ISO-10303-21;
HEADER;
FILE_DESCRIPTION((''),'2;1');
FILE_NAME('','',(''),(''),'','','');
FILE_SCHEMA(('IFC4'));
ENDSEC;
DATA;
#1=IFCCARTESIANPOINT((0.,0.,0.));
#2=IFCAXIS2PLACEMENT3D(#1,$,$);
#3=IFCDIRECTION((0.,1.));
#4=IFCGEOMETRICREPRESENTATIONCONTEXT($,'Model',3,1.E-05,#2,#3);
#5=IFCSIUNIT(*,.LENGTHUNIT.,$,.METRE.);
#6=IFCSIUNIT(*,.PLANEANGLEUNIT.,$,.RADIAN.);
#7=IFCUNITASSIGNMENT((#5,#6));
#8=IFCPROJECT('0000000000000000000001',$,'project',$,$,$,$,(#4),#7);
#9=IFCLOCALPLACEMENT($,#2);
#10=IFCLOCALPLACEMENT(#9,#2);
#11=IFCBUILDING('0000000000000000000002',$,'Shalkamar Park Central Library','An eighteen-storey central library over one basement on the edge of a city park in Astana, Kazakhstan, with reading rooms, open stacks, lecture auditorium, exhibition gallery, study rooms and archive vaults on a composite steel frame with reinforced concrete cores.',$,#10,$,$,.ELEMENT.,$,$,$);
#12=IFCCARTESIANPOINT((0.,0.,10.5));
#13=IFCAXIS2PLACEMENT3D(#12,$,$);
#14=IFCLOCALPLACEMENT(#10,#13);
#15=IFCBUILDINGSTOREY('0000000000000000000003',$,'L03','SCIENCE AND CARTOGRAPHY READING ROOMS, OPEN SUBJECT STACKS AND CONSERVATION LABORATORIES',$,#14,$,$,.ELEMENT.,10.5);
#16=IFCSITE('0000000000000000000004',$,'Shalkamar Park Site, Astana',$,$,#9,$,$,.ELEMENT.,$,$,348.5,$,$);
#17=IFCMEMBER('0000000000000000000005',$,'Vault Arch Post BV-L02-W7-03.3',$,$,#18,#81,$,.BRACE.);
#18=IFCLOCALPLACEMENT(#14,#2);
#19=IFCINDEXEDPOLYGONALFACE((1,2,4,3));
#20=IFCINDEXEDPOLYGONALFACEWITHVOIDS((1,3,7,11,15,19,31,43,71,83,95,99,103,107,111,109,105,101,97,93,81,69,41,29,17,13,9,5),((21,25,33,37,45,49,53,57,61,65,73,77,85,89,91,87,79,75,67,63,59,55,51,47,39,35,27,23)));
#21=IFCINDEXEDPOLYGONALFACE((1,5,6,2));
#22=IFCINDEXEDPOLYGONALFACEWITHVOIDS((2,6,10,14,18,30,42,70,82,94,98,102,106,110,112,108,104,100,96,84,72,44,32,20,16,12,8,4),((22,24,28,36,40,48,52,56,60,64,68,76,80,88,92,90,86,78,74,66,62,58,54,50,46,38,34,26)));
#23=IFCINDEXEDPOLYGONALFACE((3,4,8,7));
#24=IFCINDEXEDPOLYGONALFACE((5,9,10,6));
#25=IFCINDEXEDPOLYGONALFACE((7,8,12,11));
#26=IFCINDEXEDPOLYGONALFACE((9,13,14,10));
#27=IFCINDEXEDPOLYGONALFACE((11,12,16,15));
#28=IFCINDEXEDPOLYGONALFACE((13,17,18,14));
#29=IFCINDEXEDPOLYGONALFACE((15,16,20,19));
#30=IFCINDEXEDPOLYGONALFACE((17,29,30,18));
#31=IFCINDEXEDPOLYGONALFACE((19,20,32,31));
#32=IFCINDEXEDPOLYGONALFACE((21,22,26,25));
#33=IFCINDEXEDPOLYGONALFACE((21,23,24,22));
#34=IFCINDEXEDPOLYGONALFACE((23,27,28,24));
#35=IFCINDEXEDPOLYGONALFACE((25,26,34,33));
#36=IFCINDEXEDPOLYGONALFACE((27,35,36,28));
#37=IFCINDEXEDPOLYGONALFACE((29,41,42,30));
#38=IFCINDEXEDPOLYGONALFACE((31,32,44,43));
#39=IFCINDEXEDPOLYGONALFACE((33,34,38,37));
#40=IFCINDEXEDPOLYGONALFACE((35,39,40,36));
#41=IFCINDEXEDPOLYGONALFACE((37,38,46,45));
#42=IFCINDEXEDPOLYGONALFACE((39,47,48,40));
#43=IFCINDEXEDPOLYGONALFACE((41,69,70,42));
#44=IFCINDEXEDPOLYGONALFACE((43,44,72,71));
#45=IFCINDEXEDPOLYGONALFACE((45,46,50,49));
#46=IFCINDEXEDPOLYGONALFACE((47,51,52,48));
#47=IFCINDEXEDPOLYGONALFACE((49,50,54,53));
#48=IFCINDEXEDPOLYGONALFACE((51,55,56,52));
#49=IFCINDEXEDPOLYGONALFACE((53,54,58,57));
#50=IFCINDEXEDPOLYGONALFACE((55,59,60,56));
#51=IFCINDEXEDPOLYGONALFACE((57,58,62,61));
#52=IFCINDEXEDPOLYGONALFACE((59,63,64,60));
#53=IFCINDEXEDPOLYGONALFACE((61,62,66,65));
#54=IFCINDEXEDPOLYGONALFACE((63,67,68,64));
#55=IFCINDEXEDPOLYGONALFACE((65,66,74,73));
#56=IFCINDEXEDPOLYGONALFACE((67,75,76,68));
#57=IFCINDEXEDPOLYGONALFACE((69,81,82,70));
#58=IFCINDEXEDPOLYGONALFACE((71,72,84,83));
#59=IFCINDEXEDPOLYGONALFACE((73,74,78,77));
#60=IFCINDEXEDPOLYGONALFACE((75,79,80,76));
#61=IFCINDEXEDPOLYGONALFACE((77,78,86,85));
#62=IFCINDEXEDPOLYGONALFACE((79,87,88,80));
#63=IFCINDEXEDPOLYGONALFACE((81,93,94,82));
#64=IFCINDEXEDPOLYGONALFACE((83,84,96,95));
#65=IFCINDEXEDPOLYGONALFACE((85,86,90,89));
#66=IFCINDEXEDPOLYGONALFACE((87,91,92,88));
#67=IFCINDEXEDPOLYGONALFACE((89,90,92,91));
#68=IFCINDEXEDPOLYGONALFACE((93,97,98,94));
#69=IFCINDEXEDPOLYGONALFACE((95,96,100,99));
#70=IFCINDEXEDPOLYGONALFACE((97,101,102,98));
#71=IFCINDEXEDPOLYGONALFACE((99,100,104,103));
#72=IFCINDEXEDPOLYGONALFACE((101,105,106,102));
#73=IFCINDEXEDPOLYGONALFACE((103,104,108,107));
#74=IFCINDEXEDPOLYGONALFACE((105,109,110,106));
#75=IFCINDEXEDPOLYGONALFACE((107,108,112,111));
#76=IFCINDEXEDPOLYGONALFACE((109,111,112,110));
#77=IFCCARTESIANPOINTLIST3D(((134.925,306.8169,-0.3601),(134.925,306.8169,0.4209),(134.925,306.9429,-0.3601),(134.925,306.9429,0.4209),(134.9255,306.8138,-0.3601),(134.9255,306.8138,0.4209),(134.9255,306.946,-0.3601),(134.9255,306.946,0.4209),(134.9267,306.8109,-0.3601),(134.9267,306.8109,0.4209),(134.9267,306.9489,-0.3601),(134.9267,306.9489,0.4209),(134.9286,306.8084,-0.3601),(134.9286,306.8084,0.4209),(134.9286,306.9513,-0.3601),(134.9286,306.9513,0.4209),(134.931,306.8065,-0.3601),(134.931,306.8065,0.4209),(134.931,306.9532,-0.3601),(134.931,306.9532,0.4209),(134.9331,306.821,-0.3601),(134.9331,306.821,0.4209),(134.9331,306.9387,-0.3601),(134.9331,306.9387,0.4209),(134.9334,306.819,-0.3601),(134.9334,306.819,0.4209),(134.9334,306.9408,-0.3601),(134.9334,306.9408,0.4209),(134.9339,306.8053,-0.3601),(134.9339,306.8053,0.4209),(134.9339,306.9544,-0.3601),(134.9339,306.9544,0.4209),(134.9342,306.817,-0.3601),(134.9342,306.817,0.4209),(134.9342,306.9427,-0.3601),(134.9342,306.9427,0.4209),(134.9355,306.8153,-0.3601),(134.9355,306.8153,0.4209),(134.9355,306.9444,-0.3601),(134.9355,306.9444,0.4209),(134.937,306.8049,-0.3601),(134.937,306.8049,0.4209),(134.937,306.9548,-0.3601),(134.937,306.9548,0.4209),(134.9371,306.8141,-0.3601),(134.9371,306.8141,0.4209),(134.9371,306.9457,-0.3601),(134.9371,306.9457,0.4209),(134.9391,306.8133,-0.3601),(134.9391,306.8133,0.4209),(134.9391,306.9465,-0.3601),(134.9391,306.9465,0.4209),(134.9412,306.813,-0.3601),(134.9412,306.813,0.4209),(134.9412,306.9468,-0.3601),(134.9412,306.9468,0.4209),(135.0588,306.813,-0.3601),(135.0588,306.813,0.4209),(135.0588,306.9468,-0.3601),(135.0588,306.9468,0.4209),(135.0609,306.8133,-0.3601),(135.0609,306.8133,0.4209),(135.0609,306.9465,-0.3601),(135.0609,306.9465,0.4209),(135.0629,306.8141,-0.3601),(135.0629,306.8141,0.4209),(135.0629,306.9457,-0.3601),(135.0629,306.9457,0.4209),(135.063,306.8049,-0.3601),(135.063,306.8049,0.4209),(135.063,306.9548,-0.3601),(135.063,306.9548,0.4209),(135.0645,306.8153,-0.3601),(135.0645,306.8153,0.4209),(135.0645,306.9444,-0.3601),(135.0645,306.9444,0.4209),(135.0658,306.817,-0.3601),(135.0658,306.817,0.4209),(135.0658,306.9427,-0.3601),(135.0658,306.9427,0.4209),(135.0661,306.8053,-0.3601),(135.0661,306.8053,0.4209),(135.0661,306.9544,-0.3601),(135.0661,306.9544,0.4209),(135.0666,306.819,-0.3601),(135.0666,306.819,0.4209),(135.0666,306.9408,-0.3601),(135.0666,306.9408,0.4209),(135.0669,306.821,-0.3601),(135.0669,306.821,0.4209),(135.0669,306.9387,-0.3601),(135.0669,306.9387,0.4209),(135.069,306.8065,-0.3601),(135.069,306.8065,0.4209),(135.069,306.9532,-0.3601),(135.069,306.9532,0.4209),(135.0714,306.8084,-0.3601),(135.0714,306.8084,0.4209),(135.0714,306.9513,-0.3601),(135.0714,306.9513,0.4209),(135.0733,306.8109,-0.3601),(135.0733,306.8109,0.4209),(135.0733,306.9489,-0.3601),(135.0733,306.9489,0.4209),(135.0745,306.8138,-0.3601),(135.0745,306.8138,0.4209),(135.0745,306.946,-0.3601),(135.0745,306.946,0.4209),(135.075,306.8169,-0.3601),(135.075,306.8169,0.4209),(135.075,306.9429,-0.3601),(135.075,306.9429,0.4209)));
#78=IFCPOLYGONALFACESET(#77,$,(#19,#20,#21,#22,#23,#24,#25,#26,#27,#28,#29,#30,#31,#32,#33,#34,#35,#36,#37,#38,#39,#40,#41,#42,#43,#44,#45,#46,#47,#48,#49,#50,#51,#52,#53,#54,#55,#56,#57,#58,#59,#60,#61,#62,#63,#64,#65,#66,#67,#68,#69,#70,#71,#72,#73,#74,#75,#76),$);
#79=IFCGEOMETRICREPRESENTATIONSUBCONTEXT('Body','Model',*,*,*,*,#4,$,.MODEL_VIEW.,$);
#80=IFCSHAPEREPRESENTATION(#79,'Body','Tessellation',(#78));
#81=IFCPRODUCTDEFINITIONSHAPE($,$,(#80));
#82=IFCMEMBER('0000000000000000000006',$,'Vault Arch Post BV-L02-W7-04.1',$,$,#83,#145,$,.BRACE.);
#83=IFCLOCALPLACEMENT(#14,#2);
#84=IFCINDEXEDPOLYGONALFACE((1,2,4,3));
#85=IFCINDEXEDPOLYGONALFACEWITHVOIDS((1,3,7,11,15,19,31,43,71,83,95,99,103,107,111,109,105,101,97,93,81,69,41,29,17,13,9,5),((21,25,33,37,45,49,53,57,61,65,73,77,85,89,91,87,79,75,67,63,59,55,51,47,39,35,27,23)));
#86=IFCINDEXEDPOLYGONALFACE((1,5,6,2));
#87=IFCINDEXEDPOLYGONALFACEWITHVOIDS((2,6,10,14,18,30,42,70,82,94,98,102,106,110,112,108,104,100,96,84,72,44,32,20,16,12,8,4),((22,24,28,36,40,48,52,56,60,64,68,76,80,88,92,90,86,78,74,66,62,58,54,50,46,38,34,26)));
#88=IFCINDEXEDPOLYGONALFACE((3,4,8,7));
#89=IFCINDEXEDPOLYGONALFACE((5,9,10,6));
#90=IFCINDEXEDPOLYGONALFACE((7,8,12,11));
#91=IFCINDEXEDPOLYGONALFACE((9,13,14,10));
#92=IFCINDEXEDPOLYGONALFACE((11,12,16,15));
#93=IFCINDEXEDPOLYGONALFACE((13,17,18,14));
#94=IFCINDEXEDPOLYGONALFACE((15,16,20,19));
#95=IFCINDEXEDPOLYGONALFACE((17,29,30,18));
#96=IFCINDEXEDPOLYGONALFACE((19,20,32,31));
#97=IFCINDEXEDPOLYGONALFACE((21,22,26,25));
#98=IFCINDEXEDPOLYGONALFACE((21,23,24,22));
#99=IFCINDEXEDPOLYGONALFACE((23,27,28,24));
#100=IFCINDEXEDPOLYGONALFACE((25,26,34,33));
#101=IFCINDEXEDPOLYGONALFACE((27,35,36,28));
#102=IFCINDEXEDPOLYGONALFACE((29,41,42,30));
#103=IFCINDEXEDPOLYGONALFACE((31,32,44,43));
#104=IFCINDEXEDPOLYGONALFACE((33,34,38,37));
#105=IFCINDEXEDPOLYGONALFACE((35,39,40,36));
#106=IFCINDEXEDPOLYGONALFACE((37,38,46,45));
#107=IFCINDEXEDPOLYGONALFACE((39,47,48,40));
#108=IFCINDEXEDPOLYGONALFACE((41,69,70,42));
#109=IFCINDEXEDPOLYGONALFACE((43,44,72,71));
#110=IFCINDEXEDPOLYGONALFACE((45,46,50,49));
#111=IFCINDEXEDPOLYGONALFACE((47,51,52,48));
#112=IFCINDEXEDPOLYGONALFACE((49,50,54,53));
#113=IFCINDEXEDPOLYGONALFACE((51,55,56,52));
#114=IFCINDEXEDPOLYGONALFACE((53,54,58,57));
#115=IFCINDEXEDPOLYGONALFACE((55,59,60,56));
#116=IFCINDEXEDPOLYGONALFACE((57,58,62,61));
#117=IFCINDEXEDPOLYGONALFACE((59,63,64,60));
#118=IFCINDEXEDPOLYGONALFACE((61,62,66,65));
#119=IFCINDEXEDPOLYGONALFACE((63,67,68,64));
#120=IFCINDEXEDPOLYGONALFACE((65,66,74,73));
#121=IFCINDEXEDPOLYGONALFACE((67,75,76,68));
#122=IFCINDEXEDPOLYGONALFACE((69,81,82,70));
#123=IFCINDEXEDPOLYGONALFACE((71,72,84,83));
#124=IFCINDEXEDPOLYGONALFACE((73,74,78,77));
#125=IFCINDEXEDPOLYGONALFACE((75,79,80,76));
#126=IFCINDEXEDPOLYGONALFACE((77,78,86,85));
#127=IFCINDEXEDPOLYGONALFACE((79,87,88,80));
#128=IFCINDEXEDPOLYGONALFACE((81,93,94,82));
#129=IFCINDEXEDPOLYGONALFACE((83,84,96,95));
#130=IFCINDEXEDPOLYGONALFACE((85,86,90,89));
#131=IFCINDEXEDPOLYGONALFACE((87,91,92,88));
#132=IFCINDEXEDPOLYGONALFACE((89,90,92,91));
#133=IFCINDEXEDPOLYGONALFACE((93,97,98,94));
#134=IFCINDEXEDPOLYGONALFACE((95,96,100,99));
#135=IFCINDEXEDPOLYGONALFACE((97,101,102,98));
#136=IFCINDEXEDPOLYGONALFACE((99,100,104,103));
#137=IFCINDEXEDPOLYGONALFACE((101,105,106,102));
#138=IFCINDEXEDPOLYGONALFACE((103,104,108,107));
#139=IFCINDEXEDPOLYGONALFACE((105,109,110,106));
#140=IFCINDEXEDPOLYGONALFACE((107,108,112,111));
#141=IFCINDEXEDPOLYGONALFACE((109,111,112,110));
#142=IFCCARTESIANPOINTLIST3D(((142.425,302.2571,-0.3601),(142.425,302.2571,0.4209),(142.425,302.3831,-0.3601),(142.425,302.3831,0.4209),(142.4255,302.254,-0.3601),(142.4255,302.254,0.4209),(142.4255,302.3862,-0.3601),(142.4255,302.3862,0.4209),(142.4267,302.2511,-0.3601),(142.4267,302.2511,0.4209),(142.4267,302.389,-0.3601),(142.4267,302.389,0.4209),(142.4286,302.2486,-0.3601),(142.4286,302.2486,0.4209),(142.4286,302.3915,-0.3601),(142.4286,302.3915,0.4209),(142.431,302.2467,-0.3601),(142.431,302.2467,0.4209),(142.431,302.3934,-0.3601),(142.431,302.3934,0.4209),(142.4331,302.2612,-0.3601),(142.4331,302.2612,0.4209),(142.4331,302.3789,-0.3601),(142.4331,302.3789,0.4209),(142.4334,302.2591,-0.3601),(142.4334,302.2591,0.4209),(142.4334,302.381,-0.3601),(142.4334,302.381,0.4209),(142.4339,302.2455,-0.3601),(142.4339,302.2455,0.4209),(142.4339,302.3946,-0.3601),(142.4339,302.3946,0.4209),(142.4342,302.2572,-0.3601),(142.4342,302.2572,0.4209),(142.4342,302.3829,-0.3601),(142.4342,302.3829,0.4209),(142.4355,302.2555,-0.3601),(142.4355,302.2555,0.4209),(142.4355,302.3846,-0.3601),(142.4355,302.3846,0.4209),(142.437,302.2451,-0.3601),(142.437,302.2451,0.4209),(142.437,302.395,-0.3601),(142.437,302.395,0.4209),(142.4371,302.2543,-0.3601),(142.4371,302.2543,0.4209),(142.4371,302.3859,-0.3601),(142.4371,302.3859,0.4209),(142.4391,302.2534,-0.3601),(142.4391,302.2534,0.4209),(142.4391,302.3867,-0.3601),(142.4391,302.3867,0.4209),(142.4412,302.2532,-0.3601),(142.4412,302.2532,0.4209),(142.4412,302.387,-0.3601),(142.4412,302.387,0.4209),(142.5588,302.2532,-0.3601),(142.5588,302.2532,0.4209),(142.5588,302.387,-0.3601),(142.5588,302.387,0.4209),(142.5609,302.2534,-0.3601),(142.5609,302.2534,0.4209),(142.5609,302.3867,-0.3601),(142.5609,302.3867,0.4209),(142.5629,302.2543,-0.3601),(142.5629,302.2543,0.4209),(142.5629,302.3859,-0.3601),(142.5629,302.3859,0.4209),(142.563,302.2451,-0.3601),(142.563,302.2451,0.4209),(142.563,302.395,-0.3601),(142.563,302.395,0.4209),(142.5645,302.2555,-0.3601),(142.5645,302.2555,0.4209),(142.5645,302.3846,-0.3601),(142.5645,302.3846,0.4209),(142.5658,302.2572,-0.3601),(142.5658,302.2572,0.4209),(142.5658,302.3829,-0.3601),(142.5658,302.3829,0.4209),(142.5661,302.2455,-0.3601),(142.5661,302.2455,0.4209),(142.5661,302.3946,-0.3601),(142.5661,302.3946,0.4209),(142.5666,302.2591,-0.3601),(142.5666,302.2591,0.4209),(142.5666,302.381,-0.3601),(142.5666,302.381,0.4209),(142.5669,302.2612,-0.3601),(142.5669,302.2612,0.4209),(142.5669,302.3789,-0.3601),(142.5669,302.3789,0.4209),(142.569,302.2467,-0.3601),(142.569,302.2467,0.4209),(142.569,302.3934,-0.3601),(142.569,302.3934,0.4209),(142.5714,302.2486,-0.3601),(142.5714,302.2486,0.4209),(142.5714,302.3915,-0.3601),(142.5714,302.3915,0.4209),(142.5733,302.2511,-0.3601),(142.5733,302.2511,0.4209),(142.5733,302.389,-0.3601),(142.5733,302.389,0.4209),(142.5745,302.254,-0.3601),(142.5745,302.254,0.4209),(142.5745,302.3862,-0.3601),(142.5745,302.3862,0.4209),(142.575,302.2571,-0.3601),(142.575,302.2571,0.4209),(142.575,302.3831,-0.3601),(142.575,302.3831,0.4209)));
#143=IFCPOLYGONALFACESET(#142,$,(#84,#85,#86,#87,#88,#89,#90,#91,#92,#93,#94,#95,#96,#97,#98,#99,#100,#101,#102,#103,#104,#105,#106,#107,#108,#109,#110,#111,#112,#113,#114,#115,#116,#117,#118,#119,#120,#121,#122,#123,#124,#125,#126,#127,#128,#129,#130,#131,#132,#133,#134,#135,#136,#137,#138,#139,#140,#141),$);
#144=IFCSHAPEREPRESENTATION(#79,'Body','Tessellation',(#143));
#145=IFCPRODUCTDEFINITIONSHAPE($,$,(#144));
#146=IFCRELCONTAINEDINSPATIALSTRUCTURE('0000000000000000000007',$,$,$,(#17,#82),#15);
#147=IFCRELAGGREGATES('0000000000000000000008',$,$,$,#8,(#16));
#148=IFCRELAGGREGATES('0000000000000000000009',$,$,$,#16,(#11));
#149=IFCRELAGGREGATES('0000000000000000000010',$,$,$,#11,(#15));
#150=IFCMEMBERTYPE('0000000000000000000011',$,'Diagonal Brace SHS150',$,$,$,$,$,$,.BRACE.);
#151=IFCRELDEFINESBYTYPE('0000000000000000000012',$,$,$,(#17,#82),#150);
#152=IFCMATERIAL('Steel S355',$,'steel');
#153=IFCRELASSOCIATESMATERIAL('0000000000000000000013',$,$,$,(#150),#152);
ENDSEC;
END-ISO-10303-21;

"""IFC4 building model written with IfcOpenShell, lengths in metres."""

from ifc_helpers import new_model, si_unit, direction, frame, origin, origin_2d, place, context, subcontext, project, spatial, hollow_rectangle, extrude, material, material_profile, profile_set, type_object, element, save


model = new_model("IFC4")

# Units and contexts
model_context = context("Model", 3, precision=1e-05, world=origin(), true_north=direction((0.0, 1.0)))
body_context = subcontext(model_context, "Body", "Model", "MODEL_VIEW")
ifc_project = project(units=[si_unit("LENGTHUNIT", "METRE"), si_unit("PLANEANGLEUNIT", "RADIAN")], contexts=[model_context])

# Site, building, storey
site_placement = place(None, origin())
site = spatial("IfcSite", under=ifc_project, at=site_placement, Name="Shalkamar Park Site, Astana", CompositionType="ELEMENT", RefElevation=348.5)
building_placement = place(site_placement, origin())
building = spatial("IfcBuilding", under=site, at=building_placement, Name="Shalkamar Park Central Library", Description="An eighteen-storey central library over one basement on the edge of a city park in Astana, Kazakhstan, with reading rooms, open stacks, lecture auditorium, exhibition gallery, study rooms and archive vaults on a composite steel frame with reinforced concrete cores.", CompositionType="ELEMENT")
storey_placement = place(building_placement, frame((0.0, 0.0, 10.5)))
storey = spatial("IfcBuildingStorey", under=building, at=storey_placement, Name="L03", Description="SCIENCE AND CARTOGRAPHY READING ROOMS, OPEN SUBJECT STACKS AND CONSERVATION LABORATORIES", CompositionType="ELEMENT", Elevation=10.5)

# Shared definitions
ifc_material_1 = material(Name="Steel S355", Category="steel")

# Members
ifc_material_profile_1 = material_profile(ifc_material_1, hollow_rectangle(XDim=0.1499, YDim=0.1499, WallThickness=0.0081, InnerFilletRadius=0.0081, OuterFilletRadius=0.012, at=origin_2d()), Name="SHS 150x150x8")
ifc_profile_set_1 = profile_set([ifc_material_profile_1], Name="Steel S355")
member_type_1 = type_object("IfcMemberType", Name="Diagonal Brace SHS150", PredefinedType="BRACE", material=ifc_profile_set_1)
for number, where, z_axis, x_axis, name in (
    (1, (135.0, 306.8799, -0.3601), (0.0, 0.0, 1.0), (1.0, 0.0, 0.0), "Vault Arch Post BV-L02-W7-03.3"),
    (2, (142.5, 302.3201, -0.3601), (0.0, 0.0, 1.0), (1.0, 0.0, 0.0), "Vault Arch Post BV-L02-W7-04.1"),
):
    element("IfcMember", number, at=place(storey_placement, frame(where, z_axis=z_axis, x_axis=x_axis)), inside=storey, type_object=member_type_1, Name=name, PredefinedType="BRACE", context=body_context, shape_type="SweptSolid", body=[
        extrude(hollow_rectangle(XDim=0.1499, YDim=0.1499, WallThickness=0.0081, InnerFilletRadius=0.0081, OuterFilletRadius=0.012, at=origin_2d()), origin(), (0.0, 0.0, 1.0), 0.781),
    ])

save(model, "model.ifc")
